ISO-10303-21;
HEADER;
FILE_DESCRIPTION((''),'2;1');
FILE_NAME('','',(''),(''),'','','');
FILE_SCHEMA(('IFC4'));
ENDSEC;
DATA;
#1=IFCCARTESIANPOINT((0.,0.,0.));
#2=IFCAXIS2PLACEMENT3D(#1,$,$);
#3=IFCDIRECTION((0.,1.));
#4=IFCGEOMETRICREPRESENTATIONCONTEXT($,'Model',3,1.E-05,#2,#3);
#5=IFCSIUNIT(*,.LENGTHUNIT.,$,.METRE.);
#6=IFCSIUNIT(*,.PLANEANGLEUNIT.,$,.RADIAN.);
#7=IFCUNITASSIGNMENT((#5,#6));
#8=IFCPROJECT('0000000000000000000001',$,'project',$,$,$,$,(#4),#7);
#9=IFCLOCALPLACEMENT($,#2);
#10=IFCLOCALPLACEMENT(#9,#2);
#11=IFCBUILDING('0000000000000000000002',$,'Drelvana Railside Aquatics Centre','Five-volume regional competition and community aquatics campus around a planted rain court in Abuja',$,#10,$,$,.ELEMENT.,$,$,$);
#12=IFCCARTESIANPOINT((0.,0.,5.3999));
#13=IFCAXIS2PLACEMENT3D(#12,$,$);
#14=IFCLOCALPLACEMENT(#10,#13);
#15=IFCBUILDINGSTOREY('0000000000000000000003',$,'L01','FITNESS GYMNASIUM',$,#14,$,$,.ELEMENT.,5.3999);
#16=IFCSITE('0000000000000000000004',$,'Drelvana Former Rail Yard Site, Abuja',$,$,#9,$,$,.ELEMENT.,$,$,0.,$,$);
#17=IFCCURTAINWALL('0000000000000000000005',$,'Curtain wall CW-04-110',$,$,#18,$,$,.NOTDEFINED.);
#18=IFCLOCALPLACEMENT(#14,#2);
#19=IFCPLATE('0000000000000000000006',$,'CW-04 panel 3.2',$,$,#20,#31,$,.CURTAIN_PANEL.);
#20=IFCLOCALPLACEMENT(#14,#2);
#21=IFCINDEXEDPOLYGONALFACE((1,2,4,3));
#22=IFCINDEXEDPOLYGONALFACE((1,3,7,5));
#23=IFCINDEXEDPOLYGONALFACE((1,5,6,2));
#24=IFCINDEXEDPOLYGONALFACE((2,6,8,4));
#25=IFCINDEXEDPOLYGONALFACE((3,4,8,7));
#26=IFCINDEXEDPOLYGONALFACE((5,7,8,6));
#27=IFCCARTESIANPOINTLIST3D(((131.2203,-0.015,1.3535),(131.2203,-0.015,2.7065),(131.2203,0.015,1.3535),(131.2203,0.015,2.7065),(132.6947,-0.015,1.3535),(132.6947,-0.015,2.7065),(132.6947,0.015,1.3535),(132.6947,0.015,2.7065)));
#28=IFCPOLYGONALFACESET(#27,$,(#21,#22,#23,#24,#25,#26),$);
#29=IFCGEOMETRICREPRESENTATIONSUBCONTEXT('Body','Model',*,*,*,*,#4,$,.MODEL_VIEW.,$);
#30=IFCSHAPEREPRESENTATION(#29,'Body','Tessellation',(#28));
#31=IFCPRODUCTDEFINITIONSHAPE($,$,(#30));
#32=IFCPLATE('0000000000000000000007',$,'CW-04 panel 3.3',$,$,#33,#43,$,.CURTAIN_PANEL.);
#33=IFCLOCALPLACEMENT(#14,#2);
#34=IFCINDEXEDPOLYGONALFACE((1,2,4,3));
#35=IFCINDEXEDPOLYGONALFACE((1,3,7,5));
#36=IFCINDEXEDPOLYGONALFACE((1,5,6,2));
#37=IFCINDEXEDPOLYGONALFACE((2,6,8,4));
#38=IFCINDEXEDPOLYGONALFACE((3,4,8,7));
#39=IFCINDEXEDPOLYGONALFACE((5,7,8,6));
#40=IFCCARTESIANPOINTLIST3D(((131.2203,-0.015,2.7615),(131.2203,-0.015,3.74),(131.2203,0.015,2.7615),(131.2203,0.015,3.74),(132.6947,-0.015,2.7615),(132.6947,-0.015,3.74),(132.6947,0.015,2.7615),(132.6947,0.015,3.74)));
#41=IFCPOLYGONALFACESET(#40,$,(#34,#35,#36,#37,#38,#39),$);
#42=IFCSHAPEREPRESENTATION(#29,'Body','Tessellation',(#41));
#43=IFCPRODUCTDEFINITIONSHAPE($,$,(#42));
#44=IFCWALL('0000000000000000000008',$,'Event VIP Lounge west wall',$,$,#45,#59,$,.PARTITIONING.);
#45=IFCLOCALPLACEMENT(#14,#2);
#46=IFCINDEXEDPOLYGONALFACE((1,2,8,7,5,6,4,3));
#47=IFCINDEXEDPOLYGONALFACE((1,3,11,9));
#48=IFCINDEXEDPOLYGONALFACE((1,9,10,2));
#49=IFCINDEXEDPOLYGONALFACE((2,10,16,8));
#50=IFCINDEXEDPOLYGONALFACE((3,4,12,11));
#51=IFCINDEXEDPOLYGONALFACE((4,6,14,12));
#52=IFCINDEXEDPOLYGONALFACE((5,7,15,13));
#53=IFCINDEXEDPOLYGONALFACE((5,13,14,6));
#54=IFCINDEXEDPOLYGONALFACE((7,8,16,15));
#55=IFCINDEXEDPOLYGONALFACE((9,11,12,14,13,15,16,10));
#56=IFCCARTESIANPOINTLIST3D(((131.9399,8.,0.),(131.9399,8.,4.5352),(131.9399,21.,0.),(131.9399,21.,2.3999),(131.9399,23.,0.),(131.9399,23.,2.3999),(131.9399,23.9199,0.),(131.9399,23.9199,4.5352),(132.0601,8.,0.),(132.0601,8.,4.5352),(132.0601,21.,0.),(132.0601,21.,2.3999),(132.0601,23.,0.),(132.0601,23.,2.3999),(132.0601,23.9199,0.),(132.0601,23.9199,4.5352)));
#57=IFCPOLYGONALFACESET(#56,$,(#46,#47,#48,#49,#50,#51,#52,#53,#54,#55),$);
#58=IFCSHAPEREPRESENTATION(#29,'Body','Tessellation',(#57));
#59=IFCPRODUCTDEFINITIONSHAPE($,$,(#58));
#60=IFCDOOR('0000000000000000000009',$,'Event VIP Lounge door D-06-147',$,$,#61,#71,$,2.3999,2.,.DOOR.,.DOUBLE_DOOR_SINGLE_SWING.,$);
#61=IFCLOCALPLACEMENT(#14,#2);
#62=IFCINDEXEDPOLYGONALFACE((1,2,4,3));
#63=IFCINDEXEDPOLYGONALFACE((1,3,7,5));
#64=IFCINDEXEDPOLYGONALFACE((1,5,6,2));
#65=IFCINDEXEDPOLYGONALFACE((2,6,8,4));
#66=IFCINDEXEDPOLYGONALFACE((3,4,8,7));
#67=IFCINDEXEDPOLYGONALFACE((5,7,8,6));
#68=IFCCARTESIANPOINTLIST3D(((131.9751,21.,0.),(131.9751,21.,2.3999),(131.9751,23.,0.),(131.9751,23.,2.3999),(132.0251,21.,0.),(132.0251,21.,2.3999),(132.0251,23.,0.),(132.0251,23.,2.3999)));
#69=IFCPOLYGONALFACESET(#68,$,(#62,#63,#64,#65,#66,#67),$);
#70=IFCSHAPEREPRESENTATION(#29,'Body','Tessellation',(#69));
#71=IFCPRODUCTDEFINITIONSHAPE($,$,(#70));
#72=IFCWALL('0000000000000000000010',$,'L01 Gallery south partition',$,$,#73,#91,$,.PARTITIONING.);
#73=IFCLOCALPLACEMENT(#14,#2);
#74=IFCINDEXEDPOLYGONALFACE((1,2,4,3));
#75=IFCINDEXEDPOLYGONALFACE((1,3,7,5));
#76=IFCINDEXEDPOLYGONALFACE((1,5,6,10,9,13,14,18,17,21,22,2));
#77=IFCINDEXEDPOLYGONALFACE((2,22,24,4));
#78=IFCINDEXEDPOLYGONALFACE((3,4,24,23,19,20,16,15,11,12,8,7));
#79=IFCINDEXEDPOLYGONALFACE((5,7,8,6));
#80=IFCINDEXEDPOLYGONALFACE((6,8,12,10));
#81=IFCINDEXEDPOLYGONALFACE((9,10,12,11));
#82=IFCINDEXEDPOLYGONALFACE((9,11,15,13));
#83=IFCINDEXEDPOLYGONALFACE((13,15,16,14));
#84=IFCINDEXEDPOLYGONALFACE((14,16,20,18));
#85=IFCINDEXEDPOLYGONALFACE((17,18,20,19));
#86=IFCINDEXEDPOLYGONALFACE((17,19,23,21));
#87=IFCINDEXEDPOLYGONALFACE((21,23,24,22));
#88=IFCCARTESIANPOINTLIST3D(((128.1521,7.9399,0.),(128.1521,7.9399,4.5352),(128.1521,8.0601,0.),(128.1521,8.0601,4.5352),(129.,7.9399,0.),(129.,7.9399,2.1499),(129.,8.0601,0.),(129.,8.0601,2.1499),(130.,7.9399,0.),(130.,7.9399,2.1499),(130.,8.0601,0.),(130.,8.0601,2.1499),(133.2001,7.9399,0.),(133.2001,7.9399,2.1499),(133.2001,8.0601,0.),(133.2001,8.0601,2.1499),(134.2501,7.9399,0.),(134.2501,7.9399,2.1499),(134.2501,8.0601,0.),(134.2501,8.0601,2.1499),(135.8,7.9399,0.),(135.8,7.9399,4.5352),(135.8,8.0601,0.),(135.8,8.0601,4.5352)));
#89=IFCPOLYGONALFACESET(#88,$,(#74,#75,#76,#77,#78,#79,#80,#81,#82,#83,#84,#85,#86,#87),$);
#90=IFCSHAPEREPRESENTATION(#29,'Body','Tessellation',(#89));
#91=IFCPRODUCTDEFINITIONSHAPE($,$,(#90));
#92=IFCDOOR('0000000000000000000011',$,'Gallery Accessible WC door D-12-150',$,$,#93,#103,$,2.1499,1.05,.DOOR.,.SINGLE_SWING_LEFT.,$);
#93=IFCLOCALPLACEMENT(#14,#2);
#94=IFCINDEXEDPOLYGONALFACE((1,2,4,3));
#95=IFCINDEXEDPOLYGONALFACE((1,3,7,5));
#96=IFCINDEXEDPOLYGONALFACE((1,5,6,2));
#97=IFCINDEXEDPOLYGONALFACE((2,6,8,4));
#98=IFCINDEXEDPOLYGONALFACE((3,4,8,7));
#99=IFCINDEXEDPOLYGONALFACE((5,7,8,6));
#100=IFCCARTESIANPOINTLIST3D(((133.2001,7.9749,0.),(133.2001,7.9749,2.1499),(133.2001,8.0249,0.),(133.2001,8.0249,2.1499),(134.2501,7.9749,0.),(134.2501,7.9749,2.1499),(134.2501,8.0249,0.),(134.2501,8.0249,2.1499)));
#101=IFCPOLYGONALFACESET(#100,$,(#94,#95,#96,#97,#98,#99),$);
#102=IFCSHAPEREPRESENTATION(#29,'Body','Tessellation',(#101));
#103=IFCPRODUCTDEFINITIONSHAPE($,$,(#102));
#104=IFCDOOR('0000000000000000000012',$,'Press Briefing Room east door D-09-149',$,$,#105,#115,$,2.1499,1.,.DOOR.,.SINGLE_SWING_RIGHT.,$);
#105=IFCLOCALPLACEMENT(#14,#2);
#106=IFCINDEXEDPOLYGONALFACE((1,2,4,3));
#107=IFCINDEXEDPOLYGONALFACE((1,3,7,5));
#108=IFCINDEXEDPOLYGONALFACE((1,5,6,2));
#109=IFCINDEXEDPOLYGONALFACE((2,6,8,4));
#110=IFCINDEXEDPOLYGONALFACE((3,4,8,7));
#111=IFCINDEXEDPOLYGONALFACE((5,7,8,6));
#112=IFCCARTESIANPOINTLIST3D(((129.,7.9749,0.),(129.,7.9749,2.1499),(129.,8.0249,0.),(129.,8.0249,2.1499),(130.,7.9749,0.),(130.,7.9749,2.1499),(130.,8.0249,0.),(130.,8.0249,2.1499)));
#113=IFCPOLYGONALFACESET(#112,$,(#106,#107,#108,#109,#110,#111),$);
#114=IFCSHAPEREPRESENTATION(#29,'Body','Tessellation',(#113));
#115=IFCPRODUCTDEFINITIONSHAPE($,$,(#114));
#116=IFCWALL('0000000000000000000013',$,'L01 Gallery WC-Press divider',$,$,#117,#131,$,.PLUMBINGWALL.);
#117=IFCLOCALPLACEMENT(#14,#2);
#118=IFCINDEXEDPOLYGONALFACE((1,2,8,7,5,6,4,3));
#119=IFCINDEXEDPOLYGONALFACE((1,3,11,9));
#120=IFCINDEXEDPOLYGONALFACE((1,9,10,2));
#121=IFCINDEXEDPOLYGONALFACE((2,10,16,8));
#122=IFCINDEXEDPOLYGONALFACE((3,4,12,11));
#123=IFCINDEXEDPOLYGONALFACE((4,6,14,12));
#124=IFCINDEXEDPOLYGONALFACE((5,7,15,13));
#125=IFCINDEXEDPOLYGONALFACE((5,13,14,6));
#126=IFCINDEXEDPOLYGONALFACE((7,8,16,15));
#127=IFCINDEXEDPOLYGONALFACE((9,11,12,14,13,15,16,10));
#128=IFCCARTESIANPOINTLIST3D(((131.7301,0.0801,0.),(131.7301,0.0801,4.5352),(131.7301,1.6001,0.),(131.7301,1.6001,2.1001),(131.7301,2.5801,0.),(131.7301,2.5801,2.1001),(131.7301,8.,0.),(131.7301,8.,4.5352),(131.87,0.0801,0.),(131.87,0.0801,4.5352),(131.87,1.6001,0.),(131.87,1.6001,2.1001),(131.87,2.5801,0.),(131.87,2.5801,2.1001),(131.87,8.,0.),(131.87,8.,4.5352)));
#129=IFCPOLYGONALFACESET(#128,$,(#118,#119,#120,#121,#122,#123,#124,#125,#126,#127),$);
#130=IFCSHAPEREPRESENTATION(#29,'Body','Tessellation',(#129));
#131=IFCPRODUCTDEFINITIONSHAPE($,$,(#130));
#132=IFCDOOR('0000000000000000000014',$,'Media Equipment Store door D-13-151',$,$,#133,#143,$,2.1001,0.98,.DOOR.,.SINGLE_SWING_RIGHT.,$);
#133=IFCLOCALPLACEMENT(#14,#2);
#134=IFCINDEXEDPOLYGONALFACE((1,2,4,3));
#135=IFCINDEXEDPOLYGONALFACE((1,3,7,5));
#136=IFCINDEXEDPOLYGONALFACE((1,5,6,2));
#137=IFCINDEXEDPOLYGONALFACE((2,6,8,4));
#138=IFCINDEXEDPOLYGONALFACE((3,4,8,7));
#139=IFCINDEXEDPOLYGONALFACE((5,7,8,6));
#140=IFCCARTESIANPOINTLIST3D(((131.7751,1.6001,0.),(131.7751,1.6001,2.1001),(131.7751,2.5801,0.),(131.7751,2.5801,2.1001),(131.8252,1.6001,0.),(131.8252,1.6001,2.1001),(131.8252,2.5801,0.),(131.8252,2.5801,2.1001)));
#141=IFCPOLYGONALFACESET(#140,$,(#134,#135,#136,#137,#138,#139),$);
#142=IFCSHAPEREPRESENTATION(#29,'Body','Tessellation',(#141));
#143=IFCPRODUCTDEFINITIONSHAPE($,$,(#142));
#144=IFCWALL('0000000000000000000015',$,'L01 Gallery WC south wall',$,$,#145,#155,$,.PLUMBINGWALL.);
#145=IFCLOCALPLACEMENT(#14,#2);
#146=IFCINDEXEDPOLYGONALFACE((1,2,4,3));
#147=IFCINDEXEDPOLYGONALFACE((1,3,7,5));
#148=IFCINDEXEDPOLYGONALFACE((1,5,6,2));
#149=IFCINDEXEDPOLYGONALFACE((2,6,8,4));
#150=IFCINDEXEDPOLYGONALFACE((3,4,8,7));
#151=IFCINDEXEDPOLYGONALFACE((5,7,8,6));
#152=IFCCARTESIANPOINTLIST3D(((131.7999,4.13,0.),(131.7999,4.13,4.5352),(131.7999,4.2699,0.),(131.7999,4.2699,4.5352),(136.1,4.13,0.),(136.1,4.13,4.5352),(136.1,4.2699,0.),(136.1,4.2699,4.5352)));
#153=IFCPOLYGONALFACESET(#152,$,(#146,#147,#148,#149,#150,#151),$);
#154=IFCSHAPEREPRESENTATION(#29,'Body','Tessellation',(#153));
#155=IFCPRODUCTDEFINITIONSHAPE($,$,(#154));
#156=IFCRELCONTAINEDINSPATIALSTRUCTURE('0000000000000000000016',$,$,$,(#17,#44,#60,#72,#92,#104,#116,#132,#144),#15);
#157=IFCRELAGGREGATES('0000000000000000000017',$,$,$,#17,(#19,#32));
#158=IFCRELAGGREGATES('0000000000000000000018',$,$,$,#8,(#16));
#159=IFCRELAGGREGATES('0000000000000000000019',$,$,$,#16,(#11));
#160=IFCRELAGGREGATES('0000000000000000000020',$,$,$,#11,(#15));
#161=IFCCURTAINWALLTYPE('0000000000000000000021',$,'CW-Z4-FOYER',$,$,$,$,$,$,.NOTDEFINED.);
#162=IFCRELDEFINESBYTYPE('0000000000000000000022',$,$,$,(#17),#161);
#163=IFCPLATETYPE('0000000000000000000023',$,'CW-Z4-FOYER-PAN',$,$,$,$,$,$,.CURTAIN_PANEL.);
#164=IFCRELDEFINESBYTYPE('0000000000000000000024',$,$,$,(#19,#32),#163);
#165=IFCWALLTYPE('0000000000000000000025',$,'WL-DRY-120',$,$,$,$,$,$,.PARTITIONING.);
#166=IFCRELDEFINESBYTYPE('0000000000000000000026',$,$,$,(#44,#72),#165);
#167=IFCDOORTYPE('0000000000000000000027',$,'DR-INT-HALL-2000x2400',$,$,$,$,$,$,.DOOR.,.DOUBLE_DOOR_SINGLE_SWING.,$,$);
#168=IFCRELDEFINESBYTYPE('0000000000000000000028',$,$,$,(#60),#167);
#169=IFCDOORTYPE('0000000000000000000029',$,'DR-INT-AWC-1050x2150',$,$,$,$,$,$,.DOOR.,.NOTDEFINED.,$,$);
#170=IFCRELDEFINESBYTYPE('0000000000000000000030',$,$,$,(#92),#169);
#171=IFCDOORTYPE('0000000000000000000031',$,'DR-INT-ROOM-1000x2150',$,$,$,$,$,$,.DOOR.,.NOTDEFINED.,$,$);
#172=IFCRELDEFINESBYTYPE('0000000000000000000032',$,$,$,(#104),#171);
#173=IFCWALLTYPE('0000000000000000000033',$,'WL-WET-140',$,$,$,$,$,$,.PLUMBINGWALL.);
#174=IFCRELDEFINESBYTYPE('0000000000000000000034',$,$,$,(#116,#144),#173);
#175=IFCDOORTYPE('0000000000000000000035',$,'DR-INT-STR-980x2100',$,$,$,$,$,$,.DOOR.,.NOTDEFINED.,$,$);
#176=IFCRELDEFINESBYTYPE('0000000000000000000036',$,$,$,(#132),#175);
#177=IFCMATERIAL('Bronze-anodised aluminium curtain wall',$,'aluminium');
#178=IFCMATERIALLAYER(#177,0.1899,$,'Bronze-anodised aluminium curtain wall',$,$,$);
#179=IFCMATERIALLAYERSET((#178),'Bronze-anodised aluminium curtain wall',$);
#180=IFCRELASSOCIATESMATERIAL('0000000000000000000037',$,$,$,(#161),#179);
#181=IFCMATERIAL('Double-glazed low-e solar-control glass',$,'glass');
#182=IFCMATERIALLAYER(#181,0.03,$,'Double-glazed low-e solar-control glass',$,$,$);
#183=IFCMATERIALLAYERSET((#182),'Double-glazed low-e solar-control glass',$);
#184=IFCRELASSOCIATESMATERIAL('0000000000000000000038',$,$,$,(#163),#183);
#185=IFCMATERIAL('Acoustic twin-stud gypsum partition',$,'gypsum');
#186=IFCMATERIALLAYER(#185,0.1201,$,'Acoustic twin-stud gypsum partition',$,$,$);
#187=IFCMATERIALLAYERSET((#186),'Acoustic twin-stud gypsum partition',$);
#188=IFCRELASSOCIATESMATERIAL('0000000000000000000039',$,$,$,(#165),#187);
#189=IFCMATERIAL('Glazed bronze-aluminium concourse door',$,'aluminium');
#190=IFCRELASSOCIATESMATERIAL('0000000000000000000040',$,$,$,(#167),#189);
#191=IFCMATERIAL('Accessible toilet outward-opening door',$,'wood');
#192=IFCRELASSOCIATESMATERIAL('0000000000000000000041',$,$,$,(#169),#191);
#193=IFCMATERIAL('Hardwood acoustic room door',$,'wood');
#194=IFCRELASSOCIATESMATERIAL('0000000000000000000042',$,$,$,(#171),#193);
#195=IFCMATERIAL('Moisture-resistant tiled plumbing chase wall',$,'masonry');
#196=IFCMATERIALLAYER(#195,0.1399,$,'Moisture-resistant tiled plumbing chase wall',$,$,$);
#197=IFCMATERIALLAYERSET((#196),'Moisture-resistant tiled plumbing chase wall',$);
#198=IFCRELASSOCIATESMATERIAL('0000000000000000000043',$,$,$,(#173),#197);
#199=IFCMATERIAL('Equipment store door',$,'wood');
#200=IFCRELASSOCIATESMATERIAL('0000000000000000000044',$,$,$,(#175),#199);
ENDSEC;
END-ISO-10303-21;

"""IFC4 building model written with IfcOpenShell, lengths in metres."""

from ifc_helpers import new_model, si_unit, direction, frame, frame_2d, origin, origin_2d, place, context, subcontext, project, spatial, rectangle, extrude, material, layer, layer_set, type_object, element, fill, aggregate, save


model = new_model("IFC4")

# Units and contexts
model_context = context("Model", 3, precision=1e-05, world=origin(), true_north=direction((0.0, 1.0)))
body_context = subcontext(model_context, "Body", "Model", "MODEL_VIEW")
ifc_project = project(units=[si_unit("LENGTHUNIT", "METRE"), si_unit("PLANEANGLEUNIT", "RADIAN")], contexts=[model_context])

# Site, building, storey
site_placement = place(None, origin())
site = spatial("IfcSite", under=ifc_project, at=site_placement, Name="Drelvana Former Rail Yard Site, Abuja", CompositionType="ELEMENT", RefElevation=0.0)
building_placement = place(site_placement, origin())
building = spatial("IfcBuilding", under=site, at=building_placement, Name="Drelvana Railside Aquatics Centre", Description="Five-volume regional competition and community aquatics campus around a planted rain court in Abuja", CompositionType="ELEMENT")
storey_placement = place(building_placement, frame((0.0, 0.0, 5.3999)))
storey = spatial("IfcBuildingStorey", under=building, at=storey_placement, Name="L01", Description="FITNESS GYMNASIUM", CompositionType="ELEMENT", Elevation=5.3999)

# Curtain wall
ifc_material_1 = material(Name="Bronze-anodised aluminium curtain wall", Category="aluminium")
ifc_layer_1 = layer(ifc_material_1, 0.1899, Name="Bronze-anodised aluminium curtain wall")
ifc_layer_set_1 = layer_set([ifc_layer_1], Name="Bronze-anodised aluminium curtain wall")
curtain_wall_type = type_object("IfcCurtainWallType", Name="CW-Z4-FOYER", PredefinedType="NOTDEFINED", material=ifc_layer_set_1)
curtain_wall_placement = place(storey_placement, origin())
curtain_wall = element("IfcCurtainWall", 1, at=curtain_wall_placement, inside=storey, type_object=curtain_wall_type, Name="Curtain wall CW-04-110", PredefinedType="NOTDEFINED")

# Plates
ifc_material_2 = material(Name="Double-glazed low-e solar-control glass", Category="glass")
ifc_layer_2 = layer(ifc_material_2, 0.03, Name="Double-glazed low-e solar-control glass")
ifc_layer_set_2 = layer_set([ifc_layer_2], Name="Double-glazed low-e solar-control glass")
plate_type = type_object("IfcPlateType", Name="CW-Z4-FOYER-PAN", PredefinedType="CURTAIN_PANEL", material=ifc_layer_set_2)
plate_1_placement = place(storey_placement, frame((131.9575, 0.0, 1.3535), z_axis=(0.0, 0.0, 1.0), x_axis=(1.0, 0.0, 0.0)))
plate_1 = element("IfcPlate", 2, at=plate_1_placement, type_object=plate_type, Name="CW-04 panel 3.2", PredefinedType="CURTAIN_PANEL", context=body_context, shape_type="SweptSolid", body=[
    extrude(rectangle(XDim=1.4744, YDim=0.03, at=origin_2d()), origin(), (0.0, 0.0, 1.0), 1.353),
])
plate_2_placement = place(storey_placement, frame((131.9575, 0.0, 2.7615), z_axis=(0.0, 0.0, 1.0), x_axis=(1.0, 0.0, 0.0)))
plate_2 = element("IfcPlate", 3, at=plate_2_placement, type_object=plate_type, Name="CW-04 panel 3.3", PredefinedType="CURTAIN_PANEL", context=body_context, shape_type="SweptSolid", body=[
    extrude(rectangle(XDim=1.4744, YDim=0.03, at=origin_2d()), origin(), (0.0, 0.0, 1.0), 0.9785),
])
aggregate(curtain_wall, [plate_1, plate_2])

# Wall, opening, door
ifc_material_3 = material(Name="Acoustic twin-stud gypsum partition", Category="gypsum")
ifc_layer_3 = layer(ifc_material_3, 0.1201, Name="Acoustic twin-stud gypsum partition")
ifc_layer_set_3 = layer_set([ifc_layer_3], Name="Acoustic twin-stud gypsum partition")
wall_type_1 = type_object("IfcWallType", Name="WL-DRY-120", PredefinedType="PARTITIONING", material=ifc_layer_set_3)
wall_1_placement = place(storey_placement, frame((132.0, 8.0, 0.0), z_axis=(0.0, 0.0, 1.0), x_axis=(0.0, 1.0, 0.0)))
wall_1 = element("IfcWall", 4, at=wall_1_placement, inside=storey, type_object=wall_type_1, Name="Event VIP Lounge west wall", PredefinedType="PARTITIONING", context=body_context, shape_type="SweptSolid", body=[
    extrude(rectangle(XDim=15.9199, YDim=0.1201, at=frame_2d((7.96, 0.0))), origin(), (0.0, 0.0, 1.0), 4.5352),
])
opening_1_placement = place(wall_1_placement, frame((13.0, 0.0, 0.0)))
opening_1 = element("IfcOpeningElement", 5, at=opening_1_placement, cuts=wall_1, PredefinedType="OPENING", context=body_context, shape_type="SweptSolid", body=[
    extrude(rectangle(XDim=2.0, YDim=2.3999, at=frame_2d((1.0, 1.2))), frame((0.0, 0.0701, 0.0), z_axis=(0.0, -1.0, 0.0), x_axis=(1.0, 0.0, 0.0)), (0.0, 0.0, 1.0), 0.1401),
])
ifc_material_4 = material(Name="Glazed bronze-aluminium concourse door", Category="aluminium")
door_type_1 = type_object("IfcDoorType", Name="DR-INT-HALL-2000x2400", OperationType="DOUBLE_DOOR_SINGLE_SWING", PredefinedType="DOOR", material=ifc_material_4)
door_1_placement = place(opening_1_placement, origin())
door_1 = element("IfcDoor", 6, at=door_1_placement, inside=storey, type_object=door_type_1, Name="Event VIP Lounge door D-06-147", OperationType="DOUBLE_DOOR_SINGLE_SWING", OverallHeight=2.3999, OverallWidth=2.0, PredefinedType="DOOR", context=body_context, shape_type="SweptSolid", body=[
    extrude(rectangle(XDim=2.0, YDim=2.3999, at=frame_2d((1.0, 1.2))), frame((0.0, 0.0249, 0.0), z_axis=(0.0, -1.0, 0.0), x_axis=(1.0, 0.0, 0.0)), (0.0, 0.0, 1.0), 0.05),
])
fill(opening_1, door_1)

# Wall, openings, doors
wall_2_placement = place(storey_placement, frame((128.1521, 8.0, 0.0), z_axis=(0.0, 0.0, 1.0), x_axis=(1.0, 0.0, 0.0)))
wall_2 = element("IfcWall", 7, at=wall_2_placement, inside=storey, type_object=wall_type_1, Name="L01 Gallery south partition", PredefinedType="PARTITIONING", context=body_context, shape_type="SweptSolid", body=[
    extrude(rectangle(XDim=7.6479, YDim=0.1201, at=frame_2d((3.824, 0.0))), origin(), (0.0, 0.0, 1.0), 4.5352),
])
opening_2_placement = place(wall_2_placement, frame((0.8479, 0.0, 0.0)))
opening_2 = element("IfcOpeningElement", 8, at=opening_2_placement, cuts=wall_2, PredefinedType="OPENING", context=body_context, shape_type="SweptSolid", body=[
    extrude(rectangle(XDim=1.0, YDim=2.1499, at=frame_2d((0.5, 1.075))), frame((0.0, 0.0701, 0.0), z_axis=(0.0, -1.0, 0.0), x_axis=(1.0, 0.0, 0.0)), (0.0, 0.0, 1.0), 0.1401),
])
opening_3_placement = place(wall_2_placement, frame((5.0481, 0.0, 0.0)))
opening_3 = element("IfcOpeningElement", 9, at=opening_3_placement, cuts=wall_2, PredefinedType="OPENING", context=body_context, shape_type="SweptSolid", body=[
    extrude(rectangle(XDim=1.05, YDim=2.1499, at=frame_2d((0.5249, 1.075))), frame((0.0, 0.0701, 0.0), z_axis=(0.0, -1.0, 0.0), x_axis=(1.0, 0.0, 0.0)), (0.0, 0.0, 1.0), 0.1401),
])
ifc_material_5 = material(Name="Accessible toilet outward-opening door", Category="wood")
door_type_2 = type_object("IfcDoorType", Name="DR-INT-AWC-1050x2150", OperationType="NOTDEFINED", PredefinedType="DOOR", material=ifc_material_5)
door_2_placement = place(opening_3_placement, origin())
door_2 = element("IfcDoor", 10, at=door_2_placement, inside=storey, type_object=door_type_2, Name="Gallery Accessible WC door D-12-150", OperationType="SINGLE_SWING_LEFT", OverallHeight=2.1499, OverallWidth=1.05, PredefinedType="DOOR", context=body_context, shape_type="SweptSolid", body=[
    extrude(rectangle(XDim=1.05, YDim=2.1499, at=frame_2d((0.5249, 1.075))), frame((0.0, 0.0249, 0.0), z_axis=(0.0, -1.0, 0.0), x_axis=(1.0, 0.0, 0.0)), (0.0, 0.0, 1.0), 0.05),
])
fill(opening_3, door_2)
ifc_material_6 = material(Name="Hardwood acoustic room door", Category="wood")
door_type_3 = type_object("IfcDoorType", Name="DR-INT-ROOM-1000x2150", OperationType="NOTDEFINED", PredefinedType="DOOR", material=ifc_material_6)
door_3_placement = place(opening_2_placement, origin())
door_3 = element("IfcDoor", 11, at=door_3_placement, inside=storey, type_object=door_type_3, Name="Press Briefing Room east door D-09-149", OperationType="SINGLE_SWING_RIGHT", OverallHeight=2.1499, OverallWidth=1.0, PredefinedType="DOOR", context=body_context, shape_type="SweptSolid", body=[
    extrude(rectangle(XDim=1.0, YDim=2.1499, at=frame_2d((0.5, 1.075))), frame((0.0, 0.0249, 0.0), z_axis=(0.0, -1.0, 0.0), x_axis=(1.0, 0.0, 0.0)), (0.0, 0.0, 1.0), 0.05),
])
fill(opening_2, door_3)

# Wall, opening, door
ifc_material_7 = material(Name="Moisture-resistant tiled plumbing chase wall", Category="masonry")
ifc_layer_4 = layer(ifc_material_7, 0.1399, Name="Moisture-resistant tiled plumbing chase wall")
ifc_layer_set_4 = layer_set([ifc_layer_4], Name="Moisture-resistant tiled plumbing chase wall")
wall_type_2 = type_object("IfcWallType", Name="WL-WET-140", PredefinedType="PLUMBINGWALL", material=ifc_layer_set_4)
wall_3_placement = place(storey_placement, frame((131.8, 0.0801, 0.0), z_axis=(0.0, 0.0, 1.0), x_axis=(0.0, 1.0, 0.0)))
wall_3 = element("IfcWall", 12, at=wall_3_placement, inside=storey, type_object=wall_type_2, Name="L01 Gallery WC-Press divider", PredefinedType="PLUMBINGWALL", context=body_context, shape_type="SweptSolid", body=[
    extrude(rectangle(XDim=7.9199, YDim=0.1399, at=frame_2d((3.96, 0.0))), origin(), (0.0, 0.0, 1.0), 4.5352),
])
opening_4_placement = place(wall_3_placement, frame((1.52, 0.0, 0.0)))
opening_4 = element("IfcOpeningElement", 13, at=opening_4_placement, cuts=wall_3, PredefinedType="OPENING", context=body_context, shape_type="SweptSolid", body=[
    extrude(rectangle(XDim=0.98, YDim=2.1001, at=frame_2d((0.49, 1.05))), frame((0.0, 0.0798, 0.0), z_axis=(0.0, -1.0, 0.0), x_axis=(1.0, 0.0, 0.0)), (0.0, 0.0, 1.0), 0.1599),
])
ifc_material_8 = material(Name="Equipment store door", Category="wood")
door_type_4 = type_object("IfcDoorType", Name="DR-INT-STR-980x2100", OperationType="NOTDEFINED", PredefinedType="DOOR", material=ifc_material_8)
door_4_placement = place(opening_4_placement, origin())
door_4 = element("IfcDoor", 14, at=door_4_placement, inside=storey, type_object=door_type_4, Name="Media Equipment Store door D-13-151", OperationType="SINGLE_SWING_RIGHT", OverallHeight=2.1001, OverallWidth=0.98, PredefinedType="DOOR", context=body_context, shape_type="SweptSolid", body=[
    extrude(rectangle(XDim=0.98, YDim=2.1001, at=frame_2d((0.49, 1.05))), frame((0.0, 0.0249, 0.0), z_axis=(0.0, -1.0, 0.0), x_axis=(1.0, 0.0, 0.0)), (0.0, 0.0, 1.0), 0.05),
])
fill(opening_4, door_4)

# Wall
wall_4_placement = place(storey_placement, frame((131.8, 4.2, 0.0), z_axis=(0.0, 0.0, 1.0), x_axis=(1.0, 0.0, 0.0)))
element("IfcWall", 15, at=wall_4_placement, inside=storey, type_object=wall_type_2, Name="L01 Gallery WC south wall", PredefinedType="PLUMBINGWALL", context=body_context, shape_type="SweptSolid", body=[
    extrude(rectangle(XDim=4.3, YDim=0.1399, at=frame_2d((2.1499, 0.0))), origin(), (0.0, 0.0, 1.0), 4.5352),
])

save(model, "model.ifc")
